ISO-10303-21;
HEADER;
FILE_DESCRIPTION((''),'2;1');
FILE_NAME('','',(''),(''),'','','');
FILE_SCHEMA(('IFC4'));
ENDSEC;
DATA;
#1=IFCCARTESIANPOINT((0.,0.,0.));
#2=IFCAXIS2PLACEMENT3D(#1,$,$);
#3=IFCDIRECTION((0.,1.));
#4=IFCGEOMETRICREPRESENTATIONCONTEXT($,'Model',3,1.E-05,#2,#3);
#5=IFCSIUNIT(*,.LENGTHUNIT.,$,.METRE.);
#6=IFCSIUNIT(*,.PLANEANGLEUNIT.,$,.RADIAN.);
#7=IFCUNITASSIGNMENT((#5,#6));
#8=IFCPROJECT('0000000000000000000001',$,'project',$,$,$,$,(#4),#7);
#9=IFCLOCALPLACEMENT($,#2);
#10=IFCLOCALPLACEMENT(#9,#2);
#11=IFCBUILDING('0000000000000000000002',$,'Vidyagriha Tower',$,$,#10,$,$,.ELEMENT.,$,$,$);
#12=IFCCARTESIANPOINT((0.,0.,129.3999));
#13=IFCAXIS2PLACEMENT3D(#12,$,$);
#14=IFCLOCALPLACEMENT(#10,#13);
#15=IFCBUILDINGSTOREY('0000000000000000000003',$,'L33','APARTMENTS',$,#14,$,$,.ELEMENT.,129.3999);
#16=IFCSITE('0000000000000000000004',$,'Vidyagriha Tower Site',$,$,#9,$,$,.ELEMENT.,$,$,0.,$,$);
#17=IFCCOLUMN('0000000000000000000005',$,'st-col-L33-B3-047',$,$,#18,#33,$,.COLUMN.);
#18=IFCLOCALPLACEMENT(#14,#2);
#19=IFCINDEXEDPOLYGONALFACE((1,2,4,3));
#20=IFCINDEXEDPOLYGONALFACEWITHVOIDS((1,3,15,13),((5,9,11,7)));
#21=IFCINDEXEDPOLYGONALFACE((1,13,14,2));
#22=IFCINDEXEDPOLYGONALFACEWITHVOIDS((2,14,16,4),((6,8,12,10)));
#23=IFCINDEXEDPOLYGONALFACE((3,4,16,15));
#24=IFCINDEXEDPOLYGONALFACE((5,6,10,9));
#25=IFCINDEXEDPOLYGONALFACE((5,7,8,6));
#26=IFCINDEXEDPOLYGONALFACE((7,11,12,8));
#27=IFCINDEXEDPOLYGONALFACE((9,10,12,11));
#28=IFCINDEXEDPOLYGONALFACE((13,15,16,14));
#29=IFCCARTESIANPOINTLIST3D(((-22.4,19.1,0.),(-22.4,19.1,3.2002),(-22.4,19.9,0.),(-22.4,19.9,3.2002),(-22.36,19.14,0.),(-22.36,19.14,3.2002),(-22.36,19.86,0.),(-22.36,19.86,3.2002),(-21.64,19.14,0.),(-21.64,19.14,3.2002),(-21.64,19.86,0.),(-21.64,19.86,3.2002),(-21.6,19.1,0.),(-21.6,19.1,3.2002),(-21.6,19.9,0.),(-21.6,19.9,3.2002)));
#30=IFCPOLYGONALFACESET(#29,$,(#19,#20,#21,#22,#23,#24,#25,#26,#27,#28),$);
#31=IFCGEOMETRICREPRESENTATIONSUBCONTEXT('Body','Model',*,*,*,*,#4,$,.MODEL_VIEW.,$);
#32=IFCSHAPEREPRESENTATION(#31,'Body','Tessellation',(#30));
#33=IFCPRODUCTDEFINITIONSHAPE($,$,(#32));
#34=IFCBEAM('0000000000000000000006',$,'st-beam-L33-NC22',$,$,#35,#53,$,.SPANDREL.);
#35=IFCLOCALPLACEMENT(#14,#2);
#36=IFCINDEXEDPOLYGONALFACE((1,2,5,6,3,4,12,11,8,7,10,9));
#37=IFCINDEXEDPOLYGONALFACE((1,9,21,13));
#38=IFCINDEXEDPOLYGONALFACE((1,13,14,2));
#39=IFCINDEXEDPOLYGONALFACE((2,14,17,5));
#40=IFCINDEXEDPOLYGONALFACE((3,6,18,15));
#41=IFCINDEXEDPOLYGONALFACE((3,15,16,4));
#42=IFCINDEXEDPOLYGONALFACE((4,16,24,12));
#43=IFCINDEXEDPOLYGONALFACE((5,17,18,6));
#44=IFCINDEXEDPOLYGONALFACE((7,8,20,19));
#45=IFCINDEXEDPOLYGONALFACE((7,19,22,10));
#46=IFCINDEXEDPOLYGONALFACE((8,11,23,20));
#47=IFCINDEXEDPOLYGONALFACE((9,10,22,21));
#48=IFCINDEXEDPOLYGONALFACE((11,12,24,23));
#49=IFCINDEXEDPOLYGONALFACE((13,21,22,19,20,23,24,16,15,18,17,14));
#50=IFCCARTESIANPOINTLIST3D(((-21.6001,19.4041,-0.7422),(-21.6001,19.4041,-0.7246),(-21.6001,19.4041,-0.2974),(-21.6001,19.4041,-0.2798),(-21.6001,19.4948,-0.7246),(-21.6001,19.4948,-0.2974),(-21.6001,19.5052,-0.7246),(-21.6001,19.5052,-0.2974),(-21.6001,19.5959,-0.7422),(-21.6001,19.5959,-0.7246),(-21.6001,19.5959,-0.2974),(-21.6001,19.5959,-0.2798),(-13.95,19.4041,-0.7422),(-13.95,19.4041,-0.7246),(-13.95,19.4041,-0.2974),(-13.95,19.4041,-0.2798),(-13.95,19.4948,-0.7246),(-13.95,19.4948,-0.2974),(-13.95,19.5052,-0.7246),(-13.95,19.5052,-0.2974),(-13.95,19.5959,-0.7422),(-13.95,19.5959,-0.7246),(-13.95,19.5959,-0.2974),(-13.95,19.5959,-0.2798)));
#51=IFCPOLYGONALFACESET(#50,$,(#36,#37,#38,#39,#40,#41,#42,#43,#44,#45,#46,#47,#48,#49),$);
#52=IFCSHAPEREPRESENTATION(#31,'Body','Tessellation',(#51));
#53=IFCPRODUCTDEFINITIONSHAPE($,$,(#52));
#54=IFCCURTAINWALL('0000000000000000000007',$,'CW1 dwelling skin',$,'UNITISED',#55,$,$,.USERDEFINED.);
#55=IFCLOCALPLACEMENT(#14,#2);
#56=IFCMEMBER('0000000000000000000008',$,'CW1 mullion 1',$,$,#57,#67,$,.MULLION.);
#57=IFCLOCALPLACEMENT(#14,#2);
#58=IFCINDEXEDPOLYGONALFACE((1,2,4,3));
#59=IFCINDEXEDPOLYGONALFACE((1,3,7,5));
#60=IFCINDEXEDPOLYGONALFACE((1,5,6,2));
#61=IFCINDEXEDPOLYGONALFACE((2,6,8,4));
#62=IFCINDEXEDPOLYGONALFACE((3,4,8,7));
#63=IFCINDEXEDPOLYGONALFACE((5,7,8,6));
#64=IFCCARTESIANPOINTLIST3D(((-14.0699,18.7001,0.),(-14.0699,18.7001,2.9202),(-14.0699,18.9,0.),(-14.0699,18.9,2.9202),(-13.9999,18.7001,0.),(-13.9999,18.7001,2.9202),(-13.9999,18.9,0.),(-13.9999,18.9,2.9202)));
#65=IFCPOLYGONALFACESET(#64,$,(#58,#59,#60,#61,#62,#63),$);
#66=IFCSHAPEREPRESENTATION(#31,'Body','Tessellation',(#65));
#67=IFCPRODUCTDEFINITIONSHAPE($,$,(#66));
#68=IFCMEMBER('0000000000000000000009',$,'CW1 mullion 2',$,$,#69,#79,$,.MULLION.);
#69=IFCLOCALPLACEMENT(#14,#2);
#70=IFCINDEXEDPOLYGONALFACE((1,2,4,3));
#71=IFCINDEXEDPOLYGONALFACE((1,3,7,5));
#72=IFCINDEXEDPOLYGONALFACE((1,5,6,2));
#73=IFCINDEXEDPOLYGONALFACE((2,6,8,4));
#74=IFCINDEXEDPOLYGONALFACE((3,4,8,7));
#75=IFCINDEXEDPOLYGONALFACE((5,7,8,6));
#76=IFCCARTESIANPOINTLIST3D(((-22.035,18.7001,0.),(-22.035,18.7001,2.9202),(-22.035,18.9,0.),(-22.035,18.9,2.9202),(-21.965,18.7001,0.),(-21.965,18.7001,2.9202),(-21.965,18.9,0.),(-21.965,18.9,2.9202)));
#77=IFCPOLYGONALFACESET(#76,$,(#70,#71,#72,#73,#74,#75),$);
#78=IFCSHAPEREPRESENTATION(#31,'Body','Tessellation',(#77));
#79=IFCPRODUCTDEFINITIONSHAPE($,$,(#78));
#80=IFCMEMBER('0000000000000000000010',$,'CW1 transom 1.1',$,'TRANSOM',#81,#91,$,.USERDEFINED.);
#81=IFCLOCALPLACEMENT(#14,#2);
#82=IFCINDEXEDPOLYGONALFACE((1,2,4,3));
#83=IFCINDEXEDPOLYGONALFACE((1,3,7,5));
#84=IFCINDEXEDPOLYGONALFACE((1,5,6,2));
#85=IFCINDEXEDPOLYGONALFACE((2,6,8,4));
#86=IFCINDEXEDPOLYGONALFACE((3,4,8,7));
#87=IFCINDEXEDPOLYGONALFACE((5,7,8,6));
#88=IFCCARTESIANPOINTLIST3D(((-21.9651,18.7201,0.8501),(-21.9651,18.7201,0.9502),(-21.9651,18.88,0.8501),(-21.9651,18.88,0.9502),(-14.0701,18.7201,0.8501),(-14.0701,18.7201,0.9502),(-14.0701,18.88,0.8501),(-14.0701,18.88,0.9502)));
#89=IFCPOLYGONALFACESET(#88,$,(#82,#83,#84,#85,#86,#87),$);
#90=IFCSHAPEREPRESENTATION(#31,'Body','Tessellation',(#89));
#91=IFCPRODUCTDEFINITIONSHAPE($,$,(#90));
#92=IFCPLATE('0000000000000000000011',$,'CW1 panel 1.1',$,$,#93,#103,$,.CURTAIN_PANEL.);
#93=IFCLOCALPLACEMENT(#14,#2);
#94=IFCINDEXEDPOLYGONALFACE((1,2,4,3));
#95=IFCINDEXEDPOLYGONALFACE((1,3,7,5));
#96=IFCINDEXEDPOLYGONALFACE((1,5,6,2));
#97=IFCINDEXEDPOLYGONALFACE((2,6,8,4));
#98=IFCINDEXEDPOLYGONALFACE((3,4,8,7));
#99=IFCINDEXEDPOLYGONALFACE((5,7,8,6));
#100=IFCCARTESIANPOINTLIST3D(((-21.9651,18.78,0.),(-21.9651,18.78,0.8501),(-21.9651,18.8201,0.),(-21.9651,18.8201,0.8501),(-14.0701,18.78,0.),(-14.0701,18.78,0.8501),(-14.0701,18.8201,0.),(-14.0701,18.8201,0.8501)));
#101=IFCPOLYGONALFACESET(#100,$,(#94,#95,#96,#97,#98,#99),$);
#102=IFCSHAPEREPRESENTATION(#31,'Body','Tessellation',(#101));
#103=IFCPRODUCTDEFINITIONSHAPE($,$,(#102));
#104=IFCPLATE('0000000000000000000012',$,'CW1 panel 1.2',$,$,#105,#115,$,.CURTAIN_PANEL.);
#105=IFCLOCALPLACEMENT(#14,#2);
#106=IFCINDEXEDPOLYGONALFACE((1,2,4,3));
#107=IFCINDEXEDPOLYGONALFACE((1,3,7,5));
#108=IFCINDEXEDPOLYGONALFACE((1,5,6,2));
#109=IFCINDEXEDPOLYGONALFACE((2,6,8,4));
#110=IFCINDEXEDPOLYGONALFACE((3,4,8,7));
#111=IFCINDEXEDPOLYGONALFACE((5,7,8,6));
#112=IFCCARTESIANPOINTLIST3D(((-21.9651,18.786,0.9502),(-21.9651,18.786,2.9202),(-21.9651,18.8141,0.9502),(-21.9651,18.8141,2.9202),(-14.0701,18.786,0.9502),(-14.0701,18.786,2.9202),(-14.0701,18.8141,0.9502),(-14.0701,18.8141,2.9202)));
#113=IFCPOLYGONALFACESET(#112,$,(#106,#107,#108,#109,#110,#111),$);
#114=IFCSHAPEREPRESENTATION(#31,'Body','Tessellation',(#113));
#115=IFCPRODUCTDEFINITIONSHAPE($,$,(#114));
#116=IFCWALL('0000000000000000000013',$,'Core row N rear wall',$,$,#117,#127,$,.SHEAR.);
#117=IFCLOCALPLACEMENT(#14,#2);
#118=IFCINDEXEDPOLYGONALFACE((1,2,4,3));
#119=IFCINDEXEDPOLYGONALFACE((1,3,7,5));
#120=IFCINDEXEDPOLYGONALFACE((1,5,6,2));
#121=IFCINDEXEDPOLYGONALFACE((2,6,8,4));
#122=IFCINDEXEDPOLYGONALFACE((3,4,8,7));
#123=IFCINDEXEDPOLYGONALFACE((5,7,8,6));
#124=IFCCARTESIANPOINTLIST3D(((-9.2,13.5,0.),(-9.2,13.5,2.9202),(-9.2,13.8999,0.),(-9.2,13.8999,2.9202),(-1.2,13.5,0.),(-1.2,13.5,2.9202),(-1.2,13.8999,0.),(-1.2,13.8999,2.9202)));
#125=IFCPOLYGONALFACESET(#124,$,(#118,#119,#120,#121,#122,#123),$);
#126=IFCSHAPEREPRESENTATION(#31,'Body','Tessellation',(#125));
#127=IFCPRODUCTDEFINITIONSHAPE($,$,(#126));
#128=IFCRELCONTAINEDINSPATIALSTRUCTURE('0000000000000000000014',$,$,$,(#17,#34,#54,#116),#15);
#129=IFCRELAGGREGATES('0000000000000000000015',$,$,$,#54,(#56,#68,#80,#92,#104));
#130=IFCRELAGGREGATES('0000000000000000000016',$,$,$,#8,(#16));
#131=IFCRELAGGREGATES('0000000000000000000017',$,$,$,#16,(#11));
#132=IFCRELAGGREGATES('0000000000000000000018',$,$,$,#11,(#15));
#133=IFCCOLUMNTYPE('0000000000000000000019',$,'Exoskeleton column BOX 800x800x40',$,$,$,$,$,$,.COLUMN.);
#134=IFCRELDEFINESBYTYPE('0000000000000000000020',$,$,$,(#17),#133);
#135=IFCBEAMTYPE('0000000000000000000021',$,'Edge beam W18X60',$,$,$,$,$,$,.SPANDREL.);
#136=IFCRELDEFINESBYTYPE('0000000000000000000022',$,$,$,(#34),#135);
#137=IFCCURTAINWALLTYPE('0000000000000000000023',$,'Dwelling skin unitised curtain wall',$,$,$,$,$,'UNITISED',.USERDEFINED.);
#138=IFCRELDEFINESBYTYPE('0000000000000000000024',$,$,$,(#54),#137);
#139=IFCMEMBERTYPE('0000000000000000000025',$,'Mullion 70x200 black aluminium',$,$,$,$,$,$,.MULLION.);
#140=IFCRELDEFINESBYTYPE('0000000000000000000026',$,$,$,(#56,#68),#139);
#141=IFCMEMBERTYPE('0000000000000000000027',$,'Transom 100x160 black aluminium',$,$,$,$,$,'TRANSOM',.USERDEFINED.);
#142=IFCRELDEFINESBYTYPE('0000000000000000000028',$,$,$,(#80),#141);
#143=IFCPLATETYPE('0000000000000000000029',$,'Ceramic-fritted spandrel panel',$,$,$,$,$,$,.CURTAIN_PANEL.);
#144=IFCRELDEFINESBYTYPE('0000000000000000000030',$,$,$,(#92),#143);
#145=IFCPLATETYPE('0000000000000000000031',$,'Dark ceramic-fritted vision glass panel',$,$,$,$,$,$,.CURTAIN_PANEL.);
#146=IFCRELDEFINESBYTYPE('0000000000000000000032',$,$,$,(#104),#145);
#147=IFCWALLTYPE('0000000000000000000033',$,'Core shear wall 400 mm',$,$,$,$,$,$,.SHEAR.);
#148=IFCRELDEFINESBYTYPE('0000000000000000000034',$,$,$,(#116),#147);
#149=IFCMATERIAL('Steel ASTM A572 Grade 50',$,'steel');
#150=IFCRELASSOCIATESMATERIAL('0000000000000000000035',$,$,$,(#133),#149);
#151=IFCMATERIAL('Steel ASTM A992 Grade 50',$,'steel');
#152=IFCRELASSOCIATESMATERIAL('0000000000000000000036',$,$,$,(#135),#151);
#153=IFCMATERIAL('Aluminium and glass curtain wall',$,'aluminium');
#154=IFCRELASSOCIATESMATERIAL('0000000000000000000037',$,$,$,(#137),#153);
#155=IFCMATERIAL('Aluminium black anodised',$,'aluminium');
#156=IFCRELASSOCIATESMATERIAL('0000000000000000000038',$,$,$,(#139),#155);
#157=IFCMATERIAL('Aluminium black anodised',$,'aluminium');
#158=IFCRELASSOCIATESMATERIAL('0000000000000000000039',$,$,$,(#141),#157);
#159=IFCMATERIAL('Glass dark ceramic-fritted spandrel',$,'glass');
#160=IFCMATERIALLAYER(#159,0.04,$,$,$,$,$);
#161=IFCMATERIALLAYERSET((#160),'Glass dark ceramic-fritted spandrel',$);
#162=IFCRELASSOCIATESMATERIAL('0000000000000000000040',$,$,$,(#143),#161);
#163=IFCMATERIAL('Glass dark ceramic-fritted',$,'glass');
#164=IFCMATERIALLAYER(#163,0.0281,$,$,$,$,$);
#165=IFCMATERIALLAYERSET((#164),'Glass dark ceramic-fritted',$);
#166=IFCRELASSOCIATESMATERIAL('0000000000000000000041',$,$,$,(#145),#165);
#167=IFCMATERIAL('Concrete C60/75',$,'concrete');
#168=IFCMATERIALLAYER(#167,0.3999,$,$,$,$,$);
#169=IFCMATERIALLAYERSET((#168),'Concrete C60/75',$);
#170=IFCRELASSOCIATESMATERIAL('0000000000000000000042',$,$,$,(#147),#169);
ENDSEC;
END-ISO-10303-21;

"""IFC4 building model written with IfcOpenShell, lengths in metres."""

from ifc_helpers import new_model, si_unit, direction, frame, frame_2d, origin, origin_2d, place, context, subcontext, project, spatial, rectangle, hollow_rectangle, i_section, extrude, material, layer, layer_set, material_profile, profile_set, type_object, element, aggregate, save


model = new_model("IFC4")

# Units and contexts
model_context = context("Model", 3, precision=1e-05, world=origin(), true_north=direction((0.0, 1.0)))
body_context = subcontext(model_context, "Body", "Model", "MODEL_VIEW")
ifc_project = project(units=[si_unit("LENGTHUNIT", "METRE"), si_unit("PLANEANGLEUNIT", "RADIAN")], contexts=[model_context])

# Site, building, storey
site_placement = place(None, origin())
site = spatial("IfcSite", under=ifc_project, at=site_placement, Name="Vidyagriha Tower Site", CompositionType="ELEMENT", RefElevation=0.0)
building_placement = place(site_placement, origin())
building = spatial("IfcBuilding", under=site, at=building_placement, Name="Vidyagriha Tower", CompositionType="ELEMENT")
storey_placement = place(building_placement, frame((0.0, 0.0, 129.3999)))
storey = spatial("IfcBuildingStorey", under=building, at=storey_placement, Name="L33", Description="APARTMENTS", CompositionType="ELEMENT", Elevation=129.3999)

# Column
ifc_material_1 = material(Name="Steel ASTM A572 Grade 50", Category="steel")
ifc_material_profile_1 = material_profile(ifc_material_1, hollow_rectangle(XDim=0.8, YDim=0.8, WallThickness=0.04, at=origin_2d()), Name="BOX 800x800x40")
ifc_profile_set_1 = profile_set([ifc_material_profile_1], Name="Steel ASTM A572 Grade 50")
column_type = type_object("IfcColumnType", Name="Exoskeleton column BOX 800x800x40", PredefinedType="COLUMN", material=ifc_profile_set_1)
column_placement = place(storey_placement, frame((-22.0, 19.5, 0.0)))
element("IfcColumn", 1, at=column_placement, inside=storey, type_object=column_type, Name="st-col-L33-B3-047", PredefinedType="COLUMN", context=body_context, shape_type="SweptSolid", body=[
    extrude(hollow_rectangle(XDim=0.8, YDim=0.8, WallThickness=0.04, at=origin_2d()), origin(), (0.0, 0.0, 1.0), 3.2002),
])

# Beam
ifc_material_2 = material(Name="Steel ASTM A992 Grade 50", Category="steel")
ifc_material_profile_2 = material_profile(ifc_material_2, i_section(OverallWidth=0.1919, OverallDepth=0.4624, WebThickness=0.0105, FlangeThickness=0.0176, at=origin_2d()), Name="W18X60")
ifc_profile_set_2 = profile_set([ifc_material_profile_2], Name="Steel ASTM A992 Grade 50")
beam_type = type_object("IfcBeamType", Name="Edge beam W18X60", PredefinedType="SPANDREL", material=ifc_profile_set_2)
beam_placement = place(storey_placement, frame((-21.6001, 19.5, -0.511), z_axis=(1.0, 0.0, 0.0), x_axis=(0.0, 1.0, 0.0)))
element("IfcBeam", 2, at=beam_placement, inside=storey, type_object=beam_type, Name="st-beam-L33-NC22", PredefinedType="SPANDREL", context=body_context, shape_type="SweptSolid", body=[
    extrude(i_section(OverallWidth=0.1919, OverallDepth=0.4624, WebThickness=0.0105, FlangeThickness=0.0176, at=origin_2d()), origin(), (0.0, 0.0, 1.0), 7.6501),
])

# Curtain wall, members, plates
ifc_material_3 = material(Name="Aluminium and glass curtain wall", Category="aluminium")
curtain_wall_type = type_object("IfcCurtainWallType", Name="Dwelling skin unitised curtain wall", ElementType="UNITISED", PredefinedType="USERDEFINED", material=ifc_material_3)
curtain_wall_placement = place(storey_placement, origin())
curtain_wall = element("IfcCurtainWall", 3, at=curtain_wall_placement, inside=storey, type_object=curtain_wall_type, Name="CW1 dwelling skin", ObjectType="UNITISED", PredefinedType="USERDEFINED")
ifc_material_4 = material(Name="Aluminium black anodised", Category="aluminium")
ifc_material_profile_3 = material_profile(ifc_material_4, rectangle(XDim=0.2, YDim=0.0701, at=origin_2d()), Name="Mullion 70x200 black aluminium")
ifc_profile_set_3 = profile_set([ifc_material_profile_3], Name="Aluminium black anodised")
member_type_1 = type_object("IfcMemberType", Name="Mullion 70x200 black aluminium", PredefinedType="MULLION", material=ifc_profile_set_3)
member_1_placement = place(storey_placement, frame((-14.0349, 18.8, 0.0), z_axis=(0.0, 0.0, 1.0), x_axis=(0.0, -1.0, 0.0)))
member_1 = element("IfcMember", 4, at=member_1_placement, type_object=member_type_1, Name="CW1 mullion 1", PredefinedType="MULLION", context=body_context, shape_type="SweptSolid", body=[
    extrude(rectangle(XDim=0.2, YDim=0.0701, at=origin_2d()), origin(), (0.0, 0.0, 1.0), 2.9202),
])
member_2_placement = place(storey_placement, frame((-22.0, 18.8, 0.0), z_axis=(0.0, 0.0, 1.0), x_axis=(0.0, -1.0, 0.0)))
member_2 = element("IfcMember", 5, at=member_2_placement, type_object=member_type_1, Name="CW1 mullion 2", PredefinedType="MULLION", context=body_context, shape_type="SweptSolid", body=[
    extrude(rectangle(XDim=0.2, YDim=0.0701, at=origin_2d()), origin(), (0.0, 0.0, 1.0), 2.9202),
])
ifc_material_5 = material(Name="Aluminium black anodised", Category="aluminium")
ifc_material_profile_4 = material_profile(ifc_material_5, rectangle(XDim=0.1599, YDim=0.1001, at=origin_2d()), Name="Transom 100x160 black aluminium")
ifc_profile_set_4 = profile_set([ifc_material_profile_4], Name="Aluminium black anodised")
member_type_2 = type_object("IfcMemberType", Name="Transom 100x160 black aluminium", ElementType="TRANSOM", PredefinedType="USERDEFINED", material=ifc_profile_set_4)
member_3_placement = place(storey_placement, frame((-14.0701, 18.8, 0.9001), z_axis=(-1.0, 0.0, 0.0), x_axis=(0.0, -1.0, 0.0)))
member_3 = element("IfcMember", 6, at=member_3_placement, type_object=member_type_2, Name="CW1 transom 1.1", ObjectType="TRANSOM", PredefinedType="USERDEFINED", context=body_context, shape_type="SweptSolid", body=[
    extrude(rectangle(XDim=0.1599, YDim=0.1001, at=origin_2d()), origin(), (0.0, 0.0, 1.0), 7.895),
])
ifc_material_6 = material(Name="Glass dark ceramic-fritted spandrel", Category="glass")
ifc_layer_1 = layer(ifc_material_6, 0.04)
ifc_layer_set_1 = layer_set([ifc_layer_1], Name="Glass dark ceramic-fritted spandrel")
plate_type_1 = type_object("IfcPlateType", Name="Ceramic-fritted spandrel panel", PredefinedType="CURTAIN_PANEL", material=ifc_layer_set_1)
plate_1_placement = place(storey_placement, frame((-18.0176, 18.8, 0.0), z_axis=(0.0, 0.0, 1.0), x_axis=(-1.0, 0.0, 0.0)))
plate_1 = element("IfcPlate", 7, at=plate_1_placement, type_object=plate_type_1, Name="CW1 panel 1.1", PredefinedType="CURTAIN_PANEL", context=body_context, shape_type="SweptSolid", body=[
    extrude(rectangle(XDim=7.895, YDim=0.04, at=origin_2d()), origin(), (0.0, 0.0, 1.0), 0.8501),
])
ifc_material_7 = material(Name="Glass dark ceramic-fritted", Category="glass")
ifc_layer_2 = layer(ifc_material_7, 0.0281)
ifc_layer_set_2 = layer_set([ifc_layer_2], Name="Glass dark ceramic-fritted")
plate_type_2 = type_object("IfcPlateType", Name="Dark ceramic-fritted vision glass panel", PredefinedType="CURTAIN_PANEL", material=ifc_layer_set_2)
plate_2_placement = place(storey_placement, frame((-18.0176, 18.8, 0.9502), z_axis=(0.0, 0.0, 1.0), x_axis=(-1.0, 0.0, 0.0)))
plate_2 = element("IfcPlate", 8, at=plate_2_placement, type_object=plate_type_2, Name="CW1 panel 1.2", PredefinedType="CURTAIN_PANEL", context=body_context, shape_type="SweptSolid", body=[
    extrude(rectangle(XDim=7.895, YDim=0.0281, at=origin_2d()), origin(), (0.0, 0.0, 1.0), 1.97),
])
aggregate(curtain_wall, [member_1, member_2, member_3, plate_1, plate_2])

# Wall
ifc_material_8 = material(Name="Concrete C60/75", Category="concrete")
ifc_layer_3 = layer(ifc_material_8, 0.3999)
ifc_layer_set_3 = layer_set([ifc_layer_3], Name="Concrete C60/75")
wall_type_1 = type_object("IfcWallType", Name="Core shear wall 400 mm", PredefinedType="SHEAR", material=ifc_layer_set_3)
wall_1_placement = place(storey_placement, frame((-9.2, 13.7, 0.0)))
element("IfcWall", 9, at=wall_1_placement, inside=storey, type_object=wall_type_1, Name="Core row N rear wall", PredefinedType="SHEAR", context=body_context, shape_type="SweptSolid", body=[
    extrude(rectangle(XDim=8.0, YDim=0.3999, at=frame_2d((4.0, 0.0))), origin(), (0.0, 0.0, 1.0), 2.9202),
])

save(model, "model.ifc")
